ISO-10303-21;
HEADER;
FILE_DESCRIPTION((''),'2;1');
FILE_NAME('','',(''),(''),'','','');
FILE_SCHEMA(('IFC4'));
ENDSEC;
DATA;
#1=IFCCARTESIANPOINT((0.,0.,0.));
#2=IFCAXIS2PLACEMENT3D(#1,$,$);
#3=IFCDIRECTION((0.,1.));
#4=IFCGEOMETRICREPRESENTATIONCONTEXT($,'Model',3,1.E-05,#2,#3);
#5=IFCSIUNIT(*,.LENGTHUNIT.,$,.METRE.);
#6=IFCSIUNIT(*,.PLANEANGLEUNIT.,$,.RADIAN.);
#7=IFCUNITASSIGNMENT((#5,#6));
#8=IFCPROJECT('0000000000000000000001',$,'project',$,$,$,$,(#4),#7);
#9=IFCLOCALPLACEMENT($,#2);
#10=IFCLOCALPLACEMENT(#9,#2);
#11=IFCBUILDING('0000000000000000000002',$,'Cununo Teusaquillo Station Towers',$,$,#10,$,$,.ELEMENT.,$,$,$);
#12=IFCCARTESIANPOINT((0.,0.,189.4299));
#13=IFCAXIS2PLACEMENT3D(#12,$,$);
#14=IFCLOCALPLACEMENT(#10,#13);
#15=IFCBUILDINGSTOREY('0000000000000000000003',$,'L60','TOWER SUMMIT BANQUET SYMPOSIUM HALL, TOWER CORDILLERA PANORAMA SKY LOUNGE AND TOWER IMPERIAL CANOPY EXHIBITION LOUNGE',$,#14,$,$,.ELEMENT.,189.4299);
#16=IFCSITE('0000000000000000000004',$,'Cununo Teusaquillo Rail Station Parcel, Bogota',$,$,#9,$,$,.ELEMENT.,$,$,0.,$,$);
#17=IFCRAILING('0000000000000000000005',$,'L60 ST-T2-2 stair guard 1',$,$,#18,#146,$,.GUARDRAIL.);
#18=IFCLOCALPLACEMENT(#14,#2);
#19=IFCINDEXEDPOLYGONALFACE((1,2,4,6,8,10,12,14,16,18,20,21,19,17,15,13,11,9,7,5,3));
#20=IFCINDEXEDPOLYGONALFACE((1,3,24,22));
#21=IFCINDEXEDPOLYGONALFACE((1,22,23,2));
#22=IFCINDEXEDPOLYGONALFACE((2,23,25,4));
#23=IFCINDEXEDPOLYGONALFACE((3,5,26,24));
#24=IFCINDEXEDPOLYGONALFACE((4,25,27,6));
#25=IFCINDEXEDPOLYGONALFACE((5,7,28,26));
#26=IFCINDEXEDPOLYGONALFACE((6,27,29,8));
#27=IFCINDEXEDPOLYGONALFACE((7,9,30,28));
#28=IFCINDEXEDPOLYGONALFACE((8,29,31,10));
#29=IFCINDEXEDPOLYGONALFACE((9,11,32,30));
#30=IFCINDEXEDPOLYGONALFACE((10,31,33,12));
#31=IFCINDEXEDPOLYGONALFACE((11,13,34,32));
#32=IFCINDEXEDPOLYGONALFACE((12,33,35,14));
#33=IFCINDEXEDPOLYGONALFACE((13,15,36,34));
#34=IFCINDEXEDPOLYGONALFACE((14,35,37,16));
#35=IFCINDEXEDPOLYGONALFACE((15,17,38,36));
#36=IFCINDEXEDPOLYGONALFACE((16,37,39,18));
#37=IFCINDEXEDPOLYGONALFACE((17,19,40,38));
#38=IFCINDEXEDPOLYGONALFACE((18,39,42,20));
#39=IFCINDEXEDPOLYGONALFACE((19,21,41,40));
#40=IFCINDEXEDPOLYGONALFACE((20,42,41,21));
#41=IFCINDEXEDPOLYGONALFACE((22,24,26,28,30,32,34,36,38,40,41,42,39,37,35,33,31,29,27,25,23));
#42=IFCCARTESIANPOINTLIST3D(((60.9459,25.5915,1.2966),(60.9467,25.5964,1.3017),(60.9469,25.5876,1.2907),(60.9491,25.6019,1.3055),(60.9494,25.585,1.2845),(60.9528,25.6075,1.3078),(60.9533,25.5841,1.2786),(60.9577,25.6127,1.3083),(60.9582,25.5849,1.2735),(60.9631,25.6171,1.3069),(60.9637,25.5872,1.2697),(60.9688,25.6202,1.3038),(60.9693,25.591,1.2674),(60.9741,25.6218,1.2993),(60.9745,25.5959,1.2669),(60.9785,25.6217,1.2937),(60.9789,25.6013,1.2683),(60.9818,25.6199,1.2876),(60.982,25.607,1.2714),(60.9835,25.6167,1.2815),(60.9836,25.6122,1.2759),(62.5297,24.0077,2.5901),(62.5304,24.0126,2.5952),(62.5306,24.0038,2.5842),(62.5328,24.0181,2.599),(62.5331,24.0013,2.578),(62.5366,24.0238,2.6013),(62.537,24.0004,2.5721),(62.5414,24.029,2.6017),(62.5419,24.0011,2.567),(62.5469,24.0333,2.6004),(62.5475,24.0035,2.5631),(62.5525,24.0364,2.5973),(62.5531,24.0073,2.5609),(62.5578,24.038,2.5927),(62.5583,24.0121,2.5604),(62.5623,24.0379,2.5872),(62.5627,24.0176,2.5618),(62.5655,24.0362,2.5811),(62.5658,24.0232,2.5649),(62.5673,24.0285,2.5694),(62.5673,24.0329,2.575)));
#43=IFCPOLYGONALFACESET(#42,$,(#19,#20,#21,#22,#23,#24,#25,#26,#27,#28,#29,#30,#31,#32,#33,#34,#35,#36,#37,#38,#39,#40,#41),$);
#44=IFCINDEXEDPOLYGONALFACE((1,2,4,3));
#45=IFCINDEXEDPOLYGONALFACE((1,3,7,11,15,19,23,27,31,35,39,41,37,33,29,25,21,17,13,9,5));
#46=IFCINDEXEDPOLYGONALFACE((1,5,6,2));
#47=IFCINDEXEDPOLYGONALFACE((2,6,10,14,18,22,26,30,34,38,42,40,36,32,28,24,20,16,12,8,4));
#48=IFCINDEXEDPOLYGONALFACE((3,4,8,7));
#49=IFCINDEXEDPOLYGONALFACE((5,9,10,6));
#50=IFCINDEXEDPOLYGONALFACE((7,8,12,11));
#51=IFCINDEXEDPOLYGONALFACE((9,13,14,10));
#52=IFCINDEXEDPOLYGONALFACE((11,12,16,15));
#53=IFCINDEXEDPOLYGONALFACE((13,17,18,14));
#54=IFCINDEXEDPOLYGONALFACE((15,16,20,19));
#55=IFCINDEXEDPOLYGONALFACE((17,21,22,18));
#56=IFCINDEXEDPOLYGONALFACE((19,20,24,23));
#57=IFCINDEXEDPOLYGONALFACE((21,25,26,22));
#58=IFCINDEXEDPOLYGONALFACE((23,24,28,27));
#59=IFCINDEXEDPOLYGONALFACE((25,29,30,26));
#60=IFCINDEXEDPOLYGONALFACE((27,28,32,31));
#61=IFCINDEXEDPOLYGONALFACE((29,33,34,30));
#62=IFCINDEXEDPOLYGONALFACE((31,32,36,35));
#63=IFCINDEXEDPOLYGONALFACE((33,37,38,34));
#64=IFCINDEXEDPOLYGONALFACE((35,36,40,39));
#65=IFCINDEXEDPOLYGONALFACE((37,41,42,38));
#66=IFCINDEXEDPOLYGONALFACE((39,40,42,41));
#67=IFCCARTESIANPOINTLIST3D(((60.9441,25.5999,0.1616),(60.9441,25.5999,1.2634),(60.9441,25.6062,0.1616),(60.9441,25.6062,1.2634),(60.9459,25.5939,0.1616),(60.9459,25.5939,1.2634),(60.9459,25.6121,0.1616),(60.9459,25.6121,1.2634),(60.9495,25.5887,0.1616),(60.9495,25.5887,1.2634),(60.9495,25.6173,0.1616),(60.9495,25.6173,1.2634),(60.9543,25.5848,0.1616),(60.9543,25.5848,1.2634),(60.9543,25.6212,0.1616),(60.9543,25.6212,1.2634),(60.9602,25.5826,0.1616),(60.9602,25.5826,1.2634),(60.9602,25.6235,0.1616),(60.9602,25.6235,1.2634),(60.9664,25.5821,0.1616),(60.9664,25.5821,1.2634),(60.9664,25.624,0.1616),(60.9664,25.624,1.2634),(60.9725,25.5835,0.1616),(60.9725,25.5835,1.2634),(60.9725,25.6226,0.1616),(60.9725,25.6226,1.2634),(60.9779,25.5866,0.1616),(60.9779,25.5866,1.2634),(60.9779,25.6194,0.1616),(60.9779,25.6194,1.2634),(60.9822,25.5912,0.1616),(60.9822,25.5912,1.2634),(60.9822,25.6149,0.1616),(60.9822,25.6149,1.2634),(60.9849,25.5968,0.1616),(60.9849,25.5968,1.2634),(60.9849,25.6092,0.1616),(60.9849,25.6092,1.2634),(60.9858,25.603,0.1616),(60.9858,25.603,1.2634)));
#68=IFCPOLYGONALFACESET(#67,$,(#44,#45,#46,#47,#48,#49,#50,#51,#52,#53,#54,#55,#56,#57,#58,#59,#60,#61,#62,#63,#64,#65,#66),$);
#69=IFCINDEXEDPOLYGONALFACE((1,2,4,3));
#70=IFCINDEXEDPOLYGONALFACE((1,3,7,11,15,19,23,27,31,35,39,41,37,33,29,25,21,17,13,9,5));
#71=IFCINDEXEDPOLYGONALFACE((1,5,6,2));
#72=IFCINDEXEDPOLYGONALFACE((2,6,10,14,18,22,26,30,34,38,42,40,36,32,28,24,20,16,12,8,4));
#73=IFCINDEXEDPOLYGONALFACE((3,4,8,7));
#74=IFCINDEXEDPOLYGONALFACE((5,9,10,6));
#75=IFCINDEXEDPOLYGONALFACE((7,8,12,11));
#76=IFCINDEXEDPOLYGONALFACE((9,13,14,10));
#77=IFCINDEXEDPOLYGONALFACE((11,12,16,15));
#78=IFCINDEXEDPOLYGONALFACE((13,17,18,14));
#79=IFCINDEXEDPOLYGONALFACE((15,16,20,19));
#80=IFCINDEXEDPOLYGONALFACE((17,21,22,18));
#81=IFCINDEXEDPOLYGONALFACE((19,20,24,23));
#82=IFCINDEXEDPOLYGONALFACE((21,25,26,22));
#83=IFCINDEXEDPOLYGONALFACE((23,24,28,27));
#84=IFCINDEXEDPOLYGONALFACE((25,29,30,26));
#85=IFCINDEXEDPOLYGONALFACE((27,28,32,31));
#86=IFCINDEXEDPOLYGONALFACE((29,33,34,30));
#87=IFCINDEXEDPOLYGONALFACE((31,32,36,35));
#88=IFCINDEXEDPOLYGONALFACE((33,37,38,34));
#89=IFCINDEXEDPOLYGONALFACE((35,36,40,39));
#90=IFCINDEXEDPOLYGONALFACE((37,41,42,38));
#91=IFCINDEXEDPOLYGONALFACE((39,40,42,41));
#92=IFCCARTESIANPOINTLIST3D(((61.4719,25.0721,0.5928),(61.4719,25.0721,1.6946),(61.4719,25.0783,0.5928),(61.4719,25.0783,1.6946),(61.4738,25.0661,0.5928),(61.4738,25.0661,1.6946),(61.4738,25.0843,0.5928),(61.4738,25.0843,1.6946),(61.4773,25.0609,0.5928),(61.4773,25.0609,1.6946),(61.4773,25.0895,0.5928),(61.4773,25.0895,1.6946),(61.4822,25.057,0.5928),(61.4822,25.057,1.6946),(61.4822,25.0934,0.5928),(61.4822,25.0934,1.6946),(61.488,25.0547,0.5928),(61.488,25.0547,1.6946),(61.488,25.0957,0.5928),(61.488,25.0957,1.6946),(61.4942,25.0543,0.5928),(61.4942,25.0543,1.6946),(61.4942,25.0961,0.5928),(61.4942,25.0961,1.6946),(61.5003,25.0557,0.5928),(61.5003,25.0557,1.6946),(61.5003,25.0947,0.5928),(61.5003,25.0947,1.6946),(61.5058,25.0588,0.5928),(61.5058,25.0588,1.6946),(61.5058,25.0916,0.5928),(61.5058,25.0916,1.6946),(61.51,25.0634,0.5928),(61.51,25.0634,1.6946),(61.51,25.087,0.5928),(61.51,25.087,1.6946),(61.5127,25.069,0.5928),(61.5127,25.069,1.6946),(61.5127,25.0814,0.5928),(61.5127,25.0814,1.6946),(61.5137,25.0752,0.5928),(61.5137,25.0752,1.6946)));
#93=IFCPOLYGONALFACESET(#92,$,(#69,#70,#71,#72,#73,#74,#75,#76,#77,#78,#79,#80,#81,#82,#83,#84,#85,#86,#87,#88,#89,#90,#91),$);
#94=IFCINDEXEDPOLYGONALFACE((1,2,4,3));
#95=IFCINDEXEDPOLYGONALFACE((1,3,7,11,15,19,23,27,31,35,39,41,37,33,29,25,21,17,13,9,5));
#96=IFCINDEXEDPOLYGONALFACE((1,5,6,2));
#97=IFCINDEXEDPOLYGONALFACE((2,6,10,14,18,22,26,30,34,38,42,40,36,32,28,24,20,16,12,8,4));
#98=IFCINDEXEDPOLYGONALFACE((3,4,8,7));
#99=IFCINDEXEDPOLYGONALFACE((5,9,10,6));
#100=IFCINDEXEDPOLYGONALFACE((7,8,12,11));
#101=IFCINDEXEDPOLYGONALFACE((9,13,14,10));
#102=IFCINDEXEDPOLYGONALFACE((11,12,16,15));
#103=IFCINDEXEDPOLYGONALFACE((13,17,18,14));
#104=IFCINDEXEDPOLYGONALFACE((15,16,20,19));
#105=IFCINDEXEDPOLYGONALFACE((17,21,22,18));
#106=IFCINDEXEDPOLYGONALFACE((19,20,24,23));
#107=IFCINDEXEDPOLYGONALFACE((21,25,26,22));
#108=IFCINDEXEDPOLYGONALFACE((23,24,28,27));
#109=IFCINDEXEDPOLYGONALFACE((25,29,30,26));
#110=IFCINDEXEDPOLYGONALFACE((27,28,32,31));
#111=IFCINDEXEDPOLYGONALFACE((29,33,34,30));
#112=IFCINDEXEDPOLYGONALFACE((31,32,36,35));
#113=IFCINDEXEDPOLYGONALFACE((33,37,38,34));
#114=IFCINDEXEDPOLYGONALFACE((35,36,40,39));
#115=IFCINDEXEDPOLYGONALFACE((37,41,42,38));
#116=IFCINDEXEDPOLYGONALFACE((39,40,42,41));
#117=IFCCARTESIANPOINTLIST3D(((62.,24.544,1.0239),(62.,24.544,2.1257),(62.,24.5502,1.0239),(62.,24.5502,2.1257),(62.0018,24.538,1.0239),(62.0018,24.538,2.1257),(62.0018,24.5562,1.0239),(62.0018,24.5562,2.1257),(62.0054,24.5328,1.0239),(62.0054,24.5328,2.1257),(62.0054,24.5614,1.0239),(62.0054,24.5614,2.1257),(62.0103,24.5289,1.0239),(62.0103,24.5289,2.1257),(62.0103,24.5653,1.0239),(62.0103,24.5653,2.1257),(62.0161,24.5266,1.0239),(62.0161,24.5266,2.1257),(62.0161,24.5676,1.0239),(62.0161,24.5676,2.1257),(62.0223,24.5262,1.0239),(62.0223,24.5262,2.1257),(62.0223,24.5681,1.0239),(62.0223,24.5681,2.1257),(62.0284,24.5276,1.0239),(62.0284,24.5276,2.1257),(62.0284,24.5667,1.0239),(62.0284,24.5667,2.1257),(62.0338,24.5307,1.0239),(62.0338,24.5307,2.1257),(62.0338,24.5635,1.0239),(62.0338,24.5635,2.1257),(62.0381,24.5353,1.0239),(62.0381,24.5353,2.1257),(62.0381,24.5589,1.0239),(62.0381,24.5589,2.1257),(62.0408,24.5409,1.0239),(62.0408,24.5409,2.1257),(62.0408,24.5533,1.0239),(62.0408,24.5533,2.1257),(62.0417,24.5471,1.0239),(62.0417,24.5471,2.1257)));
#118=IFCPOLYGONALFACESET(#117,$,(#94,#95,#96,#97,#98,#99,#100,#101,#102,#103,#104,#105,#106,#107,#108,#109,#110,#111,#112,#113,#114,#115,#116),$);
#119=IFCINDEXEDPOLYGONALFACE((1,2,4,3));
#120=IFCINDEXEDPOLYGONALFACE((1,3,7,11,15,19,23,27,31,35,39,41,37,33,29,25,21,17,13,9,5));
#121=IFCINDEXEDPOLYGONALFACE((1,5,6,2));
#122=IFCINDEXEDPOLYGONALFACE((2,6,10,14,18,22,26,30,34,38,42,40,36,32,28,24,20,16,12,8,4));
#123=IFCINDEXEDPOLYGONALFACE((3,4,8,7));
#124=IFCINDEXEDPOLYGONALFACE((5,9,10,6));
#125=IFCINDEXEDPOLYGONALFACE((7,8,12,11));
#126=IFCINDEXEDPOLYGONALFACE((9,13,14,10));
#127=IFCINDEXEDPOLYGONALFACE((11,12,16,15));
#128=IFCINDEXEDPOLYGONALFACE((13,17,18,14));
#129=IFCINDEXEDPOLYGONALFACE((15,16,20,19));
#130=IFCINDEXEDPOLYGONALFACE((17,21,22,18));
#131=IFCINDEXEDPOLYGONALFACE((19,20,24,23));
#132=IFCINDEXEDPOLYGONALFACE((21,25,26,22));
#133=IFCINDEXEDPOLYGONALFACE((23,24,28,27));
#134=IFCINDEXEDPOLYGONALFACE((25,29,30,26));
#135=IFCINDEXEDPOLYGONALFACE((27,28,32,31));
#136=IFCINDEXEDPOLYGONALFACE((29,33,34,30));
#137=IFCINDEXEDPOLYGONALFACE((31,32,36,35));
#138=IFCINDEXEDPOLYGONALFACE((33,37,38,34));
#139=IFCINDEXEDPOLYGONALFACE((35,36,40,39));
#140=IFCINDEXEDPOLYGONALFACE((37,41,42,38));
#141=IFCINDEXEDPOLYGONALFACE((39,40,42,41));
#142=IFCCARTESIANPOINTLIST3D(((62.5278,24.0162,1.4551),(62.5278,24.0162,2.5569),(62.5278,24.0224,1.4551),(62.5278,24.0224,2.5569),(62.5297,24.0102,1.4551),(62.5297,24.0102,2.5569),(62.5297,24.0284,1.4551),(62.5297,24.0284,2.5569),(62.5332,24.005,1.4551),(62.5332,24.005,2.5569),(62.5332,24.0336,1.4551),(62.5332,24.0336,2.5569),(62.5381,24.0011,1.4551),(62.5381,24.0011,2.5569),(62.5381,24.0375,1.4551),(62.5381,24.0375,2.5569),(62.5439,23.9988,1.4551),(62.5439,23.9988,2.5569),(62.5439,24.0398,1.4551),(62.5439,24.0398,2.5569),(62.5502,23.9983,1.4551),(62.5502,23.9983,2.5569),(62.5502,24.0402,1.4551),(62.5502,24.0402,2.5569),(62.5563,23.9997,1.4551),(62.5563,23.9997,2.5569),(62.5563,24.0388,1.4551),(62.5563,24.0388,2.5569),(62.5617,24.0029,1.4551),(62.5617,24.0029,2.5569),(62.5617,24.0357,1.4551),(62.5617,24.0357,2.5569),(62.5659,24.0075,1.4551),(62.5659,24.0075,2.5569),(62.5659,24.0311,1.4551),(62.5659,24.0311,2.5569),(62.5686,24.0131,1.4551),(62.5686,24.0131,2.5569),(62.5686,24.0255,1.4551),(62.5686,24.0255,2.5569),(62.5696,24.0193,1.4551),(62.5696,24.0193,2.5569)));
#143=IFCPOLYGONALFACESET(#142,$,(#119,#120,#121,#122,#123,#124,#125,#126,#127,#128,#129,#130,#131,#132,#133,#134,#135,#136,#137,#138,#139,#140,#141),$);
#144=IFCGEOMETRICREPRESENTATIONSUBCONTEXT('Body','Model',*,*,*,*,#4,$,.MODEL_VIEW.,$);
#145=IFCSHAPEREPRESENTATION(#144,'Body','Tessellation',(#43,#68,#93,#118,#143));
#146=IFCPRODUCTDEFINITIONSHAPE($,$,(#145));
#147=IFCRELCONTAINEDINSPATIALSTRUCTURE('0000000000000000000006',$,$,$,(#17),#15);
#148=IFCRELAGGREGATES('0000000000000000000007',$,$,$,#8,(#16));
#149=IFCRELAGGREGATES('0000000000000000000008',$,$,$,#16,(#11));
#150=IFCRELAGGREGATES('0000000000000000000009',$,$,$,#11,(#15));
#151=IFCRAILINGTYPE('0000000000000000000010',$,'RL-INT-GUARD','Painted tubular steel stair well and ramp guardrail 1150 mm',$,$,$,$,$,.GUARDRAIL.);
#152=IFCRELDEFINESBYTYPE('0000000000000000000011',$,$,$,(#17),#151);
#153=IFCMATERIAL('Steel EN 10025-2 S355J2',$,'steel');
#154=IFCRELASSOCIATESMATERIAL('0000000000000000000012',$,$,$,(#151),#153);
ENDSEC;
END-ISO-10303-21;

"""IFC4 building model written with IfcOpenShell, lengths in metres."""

from ifc_helpers import new_model, si_unit, direction, frame, origin, origin_2d, place, context, subcontext, project, spatial, circle, extrude, material, type_object, element, save


model = new_model("IFC4")

# Units and contexts
model_context = context("Model", 3, precision=1e-05, world=origin(), true_north=direction((0.0, 1.0)))
body_context = subcontext(model_context, "Body", "Model", "MODEL_VIEW")
ifc_project = project(units=[si_unit("LENGTHUNIT", "METRE"), si_unit("PLANEANGLEUNIT", "RADIAN")], contexts=[model_context])

# Site, building, storey
site_placement = place(None, origin())
site = spatial("IfcSite", under=ifc_project, at=site_placement, Name="Cununo Teusaquillo Rail Station Parcel, Bogota", CompositionType="ELEMENT", RefElevation=0.0)
building_placement = place(site_placement, origin())
building = spatial("IfcBuilding", under=site, at=building_placement, Name="Cununo Teusaquillo Station Towers", CompositionType="ELEMENT")
storey_placement = place(building_placement, frame((0.0, 0.0, 189.4299)))
storey = spatial("IfcBuildingStorey", under=building, at=storey_placement, Name="L60", Description="TOWER SUMMIT BANQUET SYMPOSIUM HALL, TOWER CORDILLERA PANORAMA SKY LOUNGE AND TOWER IMPERIAL CANOPY EXHIBITION LOUNGE", CompositionType="ELEMENT", Elevation=189.4299)

# Railing
ifc_material_1 = material(Name="Steel EN 10025-2 S355J2", Category="steel")
railing_type_1 = type_object("IfcRailingType", Name="RL-INT-GUARD", Description="Painted tubular steel stair well and ramp guardrail 1150 mm", PredefinedType="GUARDRAIL", material=ifc_material_1)
railing_1_placement = place(storey_placement, frame((60.9648, 25.603, 0.1616)))
element("IfcRailing", 1, at=railing_1_placement, inside=storey, type_object=railing_type_1, Name="L60 ST-T2-2 stair guard 1", PredefinedType="GUARDRAIL", context=body_context, shape_type="SweptSolid", body=[
    extrude(circle(Radius=0.0239, at=origin_2d()), frame((0.0, 0.0, 1.126), z_axis=(0.612332, -0.612332, 0.500098), x_axis=(0.707107, 0.707107, 0.0)), (0.0, 0.0, 1.0), 2.5864),
    extrude(circle(Radius=0.021, at=origin_2d()), origin(), (0.0, 0.0, 1.0), 1.1018),
    extrude(circle(Radius=0.021, at=origin_2d()), frame((0.5278, -0.5278, 0.4312)), (0.0, 0.0, 1.0), 1.1018),
    extrude(circle(Radius=0.021, at=origin_2d()), frame((1.0559, -1.0559, 0.8623)), (0.0, 0.0, 1.0), 1.1018),
    extrude(circle(Radius=0.021, at=origin_2d()), frame((1.5837, -1.5837, 1.2935)), (0.0, 0.0, 1.0), 1.1018),
])

save(model, "model.ifc")
